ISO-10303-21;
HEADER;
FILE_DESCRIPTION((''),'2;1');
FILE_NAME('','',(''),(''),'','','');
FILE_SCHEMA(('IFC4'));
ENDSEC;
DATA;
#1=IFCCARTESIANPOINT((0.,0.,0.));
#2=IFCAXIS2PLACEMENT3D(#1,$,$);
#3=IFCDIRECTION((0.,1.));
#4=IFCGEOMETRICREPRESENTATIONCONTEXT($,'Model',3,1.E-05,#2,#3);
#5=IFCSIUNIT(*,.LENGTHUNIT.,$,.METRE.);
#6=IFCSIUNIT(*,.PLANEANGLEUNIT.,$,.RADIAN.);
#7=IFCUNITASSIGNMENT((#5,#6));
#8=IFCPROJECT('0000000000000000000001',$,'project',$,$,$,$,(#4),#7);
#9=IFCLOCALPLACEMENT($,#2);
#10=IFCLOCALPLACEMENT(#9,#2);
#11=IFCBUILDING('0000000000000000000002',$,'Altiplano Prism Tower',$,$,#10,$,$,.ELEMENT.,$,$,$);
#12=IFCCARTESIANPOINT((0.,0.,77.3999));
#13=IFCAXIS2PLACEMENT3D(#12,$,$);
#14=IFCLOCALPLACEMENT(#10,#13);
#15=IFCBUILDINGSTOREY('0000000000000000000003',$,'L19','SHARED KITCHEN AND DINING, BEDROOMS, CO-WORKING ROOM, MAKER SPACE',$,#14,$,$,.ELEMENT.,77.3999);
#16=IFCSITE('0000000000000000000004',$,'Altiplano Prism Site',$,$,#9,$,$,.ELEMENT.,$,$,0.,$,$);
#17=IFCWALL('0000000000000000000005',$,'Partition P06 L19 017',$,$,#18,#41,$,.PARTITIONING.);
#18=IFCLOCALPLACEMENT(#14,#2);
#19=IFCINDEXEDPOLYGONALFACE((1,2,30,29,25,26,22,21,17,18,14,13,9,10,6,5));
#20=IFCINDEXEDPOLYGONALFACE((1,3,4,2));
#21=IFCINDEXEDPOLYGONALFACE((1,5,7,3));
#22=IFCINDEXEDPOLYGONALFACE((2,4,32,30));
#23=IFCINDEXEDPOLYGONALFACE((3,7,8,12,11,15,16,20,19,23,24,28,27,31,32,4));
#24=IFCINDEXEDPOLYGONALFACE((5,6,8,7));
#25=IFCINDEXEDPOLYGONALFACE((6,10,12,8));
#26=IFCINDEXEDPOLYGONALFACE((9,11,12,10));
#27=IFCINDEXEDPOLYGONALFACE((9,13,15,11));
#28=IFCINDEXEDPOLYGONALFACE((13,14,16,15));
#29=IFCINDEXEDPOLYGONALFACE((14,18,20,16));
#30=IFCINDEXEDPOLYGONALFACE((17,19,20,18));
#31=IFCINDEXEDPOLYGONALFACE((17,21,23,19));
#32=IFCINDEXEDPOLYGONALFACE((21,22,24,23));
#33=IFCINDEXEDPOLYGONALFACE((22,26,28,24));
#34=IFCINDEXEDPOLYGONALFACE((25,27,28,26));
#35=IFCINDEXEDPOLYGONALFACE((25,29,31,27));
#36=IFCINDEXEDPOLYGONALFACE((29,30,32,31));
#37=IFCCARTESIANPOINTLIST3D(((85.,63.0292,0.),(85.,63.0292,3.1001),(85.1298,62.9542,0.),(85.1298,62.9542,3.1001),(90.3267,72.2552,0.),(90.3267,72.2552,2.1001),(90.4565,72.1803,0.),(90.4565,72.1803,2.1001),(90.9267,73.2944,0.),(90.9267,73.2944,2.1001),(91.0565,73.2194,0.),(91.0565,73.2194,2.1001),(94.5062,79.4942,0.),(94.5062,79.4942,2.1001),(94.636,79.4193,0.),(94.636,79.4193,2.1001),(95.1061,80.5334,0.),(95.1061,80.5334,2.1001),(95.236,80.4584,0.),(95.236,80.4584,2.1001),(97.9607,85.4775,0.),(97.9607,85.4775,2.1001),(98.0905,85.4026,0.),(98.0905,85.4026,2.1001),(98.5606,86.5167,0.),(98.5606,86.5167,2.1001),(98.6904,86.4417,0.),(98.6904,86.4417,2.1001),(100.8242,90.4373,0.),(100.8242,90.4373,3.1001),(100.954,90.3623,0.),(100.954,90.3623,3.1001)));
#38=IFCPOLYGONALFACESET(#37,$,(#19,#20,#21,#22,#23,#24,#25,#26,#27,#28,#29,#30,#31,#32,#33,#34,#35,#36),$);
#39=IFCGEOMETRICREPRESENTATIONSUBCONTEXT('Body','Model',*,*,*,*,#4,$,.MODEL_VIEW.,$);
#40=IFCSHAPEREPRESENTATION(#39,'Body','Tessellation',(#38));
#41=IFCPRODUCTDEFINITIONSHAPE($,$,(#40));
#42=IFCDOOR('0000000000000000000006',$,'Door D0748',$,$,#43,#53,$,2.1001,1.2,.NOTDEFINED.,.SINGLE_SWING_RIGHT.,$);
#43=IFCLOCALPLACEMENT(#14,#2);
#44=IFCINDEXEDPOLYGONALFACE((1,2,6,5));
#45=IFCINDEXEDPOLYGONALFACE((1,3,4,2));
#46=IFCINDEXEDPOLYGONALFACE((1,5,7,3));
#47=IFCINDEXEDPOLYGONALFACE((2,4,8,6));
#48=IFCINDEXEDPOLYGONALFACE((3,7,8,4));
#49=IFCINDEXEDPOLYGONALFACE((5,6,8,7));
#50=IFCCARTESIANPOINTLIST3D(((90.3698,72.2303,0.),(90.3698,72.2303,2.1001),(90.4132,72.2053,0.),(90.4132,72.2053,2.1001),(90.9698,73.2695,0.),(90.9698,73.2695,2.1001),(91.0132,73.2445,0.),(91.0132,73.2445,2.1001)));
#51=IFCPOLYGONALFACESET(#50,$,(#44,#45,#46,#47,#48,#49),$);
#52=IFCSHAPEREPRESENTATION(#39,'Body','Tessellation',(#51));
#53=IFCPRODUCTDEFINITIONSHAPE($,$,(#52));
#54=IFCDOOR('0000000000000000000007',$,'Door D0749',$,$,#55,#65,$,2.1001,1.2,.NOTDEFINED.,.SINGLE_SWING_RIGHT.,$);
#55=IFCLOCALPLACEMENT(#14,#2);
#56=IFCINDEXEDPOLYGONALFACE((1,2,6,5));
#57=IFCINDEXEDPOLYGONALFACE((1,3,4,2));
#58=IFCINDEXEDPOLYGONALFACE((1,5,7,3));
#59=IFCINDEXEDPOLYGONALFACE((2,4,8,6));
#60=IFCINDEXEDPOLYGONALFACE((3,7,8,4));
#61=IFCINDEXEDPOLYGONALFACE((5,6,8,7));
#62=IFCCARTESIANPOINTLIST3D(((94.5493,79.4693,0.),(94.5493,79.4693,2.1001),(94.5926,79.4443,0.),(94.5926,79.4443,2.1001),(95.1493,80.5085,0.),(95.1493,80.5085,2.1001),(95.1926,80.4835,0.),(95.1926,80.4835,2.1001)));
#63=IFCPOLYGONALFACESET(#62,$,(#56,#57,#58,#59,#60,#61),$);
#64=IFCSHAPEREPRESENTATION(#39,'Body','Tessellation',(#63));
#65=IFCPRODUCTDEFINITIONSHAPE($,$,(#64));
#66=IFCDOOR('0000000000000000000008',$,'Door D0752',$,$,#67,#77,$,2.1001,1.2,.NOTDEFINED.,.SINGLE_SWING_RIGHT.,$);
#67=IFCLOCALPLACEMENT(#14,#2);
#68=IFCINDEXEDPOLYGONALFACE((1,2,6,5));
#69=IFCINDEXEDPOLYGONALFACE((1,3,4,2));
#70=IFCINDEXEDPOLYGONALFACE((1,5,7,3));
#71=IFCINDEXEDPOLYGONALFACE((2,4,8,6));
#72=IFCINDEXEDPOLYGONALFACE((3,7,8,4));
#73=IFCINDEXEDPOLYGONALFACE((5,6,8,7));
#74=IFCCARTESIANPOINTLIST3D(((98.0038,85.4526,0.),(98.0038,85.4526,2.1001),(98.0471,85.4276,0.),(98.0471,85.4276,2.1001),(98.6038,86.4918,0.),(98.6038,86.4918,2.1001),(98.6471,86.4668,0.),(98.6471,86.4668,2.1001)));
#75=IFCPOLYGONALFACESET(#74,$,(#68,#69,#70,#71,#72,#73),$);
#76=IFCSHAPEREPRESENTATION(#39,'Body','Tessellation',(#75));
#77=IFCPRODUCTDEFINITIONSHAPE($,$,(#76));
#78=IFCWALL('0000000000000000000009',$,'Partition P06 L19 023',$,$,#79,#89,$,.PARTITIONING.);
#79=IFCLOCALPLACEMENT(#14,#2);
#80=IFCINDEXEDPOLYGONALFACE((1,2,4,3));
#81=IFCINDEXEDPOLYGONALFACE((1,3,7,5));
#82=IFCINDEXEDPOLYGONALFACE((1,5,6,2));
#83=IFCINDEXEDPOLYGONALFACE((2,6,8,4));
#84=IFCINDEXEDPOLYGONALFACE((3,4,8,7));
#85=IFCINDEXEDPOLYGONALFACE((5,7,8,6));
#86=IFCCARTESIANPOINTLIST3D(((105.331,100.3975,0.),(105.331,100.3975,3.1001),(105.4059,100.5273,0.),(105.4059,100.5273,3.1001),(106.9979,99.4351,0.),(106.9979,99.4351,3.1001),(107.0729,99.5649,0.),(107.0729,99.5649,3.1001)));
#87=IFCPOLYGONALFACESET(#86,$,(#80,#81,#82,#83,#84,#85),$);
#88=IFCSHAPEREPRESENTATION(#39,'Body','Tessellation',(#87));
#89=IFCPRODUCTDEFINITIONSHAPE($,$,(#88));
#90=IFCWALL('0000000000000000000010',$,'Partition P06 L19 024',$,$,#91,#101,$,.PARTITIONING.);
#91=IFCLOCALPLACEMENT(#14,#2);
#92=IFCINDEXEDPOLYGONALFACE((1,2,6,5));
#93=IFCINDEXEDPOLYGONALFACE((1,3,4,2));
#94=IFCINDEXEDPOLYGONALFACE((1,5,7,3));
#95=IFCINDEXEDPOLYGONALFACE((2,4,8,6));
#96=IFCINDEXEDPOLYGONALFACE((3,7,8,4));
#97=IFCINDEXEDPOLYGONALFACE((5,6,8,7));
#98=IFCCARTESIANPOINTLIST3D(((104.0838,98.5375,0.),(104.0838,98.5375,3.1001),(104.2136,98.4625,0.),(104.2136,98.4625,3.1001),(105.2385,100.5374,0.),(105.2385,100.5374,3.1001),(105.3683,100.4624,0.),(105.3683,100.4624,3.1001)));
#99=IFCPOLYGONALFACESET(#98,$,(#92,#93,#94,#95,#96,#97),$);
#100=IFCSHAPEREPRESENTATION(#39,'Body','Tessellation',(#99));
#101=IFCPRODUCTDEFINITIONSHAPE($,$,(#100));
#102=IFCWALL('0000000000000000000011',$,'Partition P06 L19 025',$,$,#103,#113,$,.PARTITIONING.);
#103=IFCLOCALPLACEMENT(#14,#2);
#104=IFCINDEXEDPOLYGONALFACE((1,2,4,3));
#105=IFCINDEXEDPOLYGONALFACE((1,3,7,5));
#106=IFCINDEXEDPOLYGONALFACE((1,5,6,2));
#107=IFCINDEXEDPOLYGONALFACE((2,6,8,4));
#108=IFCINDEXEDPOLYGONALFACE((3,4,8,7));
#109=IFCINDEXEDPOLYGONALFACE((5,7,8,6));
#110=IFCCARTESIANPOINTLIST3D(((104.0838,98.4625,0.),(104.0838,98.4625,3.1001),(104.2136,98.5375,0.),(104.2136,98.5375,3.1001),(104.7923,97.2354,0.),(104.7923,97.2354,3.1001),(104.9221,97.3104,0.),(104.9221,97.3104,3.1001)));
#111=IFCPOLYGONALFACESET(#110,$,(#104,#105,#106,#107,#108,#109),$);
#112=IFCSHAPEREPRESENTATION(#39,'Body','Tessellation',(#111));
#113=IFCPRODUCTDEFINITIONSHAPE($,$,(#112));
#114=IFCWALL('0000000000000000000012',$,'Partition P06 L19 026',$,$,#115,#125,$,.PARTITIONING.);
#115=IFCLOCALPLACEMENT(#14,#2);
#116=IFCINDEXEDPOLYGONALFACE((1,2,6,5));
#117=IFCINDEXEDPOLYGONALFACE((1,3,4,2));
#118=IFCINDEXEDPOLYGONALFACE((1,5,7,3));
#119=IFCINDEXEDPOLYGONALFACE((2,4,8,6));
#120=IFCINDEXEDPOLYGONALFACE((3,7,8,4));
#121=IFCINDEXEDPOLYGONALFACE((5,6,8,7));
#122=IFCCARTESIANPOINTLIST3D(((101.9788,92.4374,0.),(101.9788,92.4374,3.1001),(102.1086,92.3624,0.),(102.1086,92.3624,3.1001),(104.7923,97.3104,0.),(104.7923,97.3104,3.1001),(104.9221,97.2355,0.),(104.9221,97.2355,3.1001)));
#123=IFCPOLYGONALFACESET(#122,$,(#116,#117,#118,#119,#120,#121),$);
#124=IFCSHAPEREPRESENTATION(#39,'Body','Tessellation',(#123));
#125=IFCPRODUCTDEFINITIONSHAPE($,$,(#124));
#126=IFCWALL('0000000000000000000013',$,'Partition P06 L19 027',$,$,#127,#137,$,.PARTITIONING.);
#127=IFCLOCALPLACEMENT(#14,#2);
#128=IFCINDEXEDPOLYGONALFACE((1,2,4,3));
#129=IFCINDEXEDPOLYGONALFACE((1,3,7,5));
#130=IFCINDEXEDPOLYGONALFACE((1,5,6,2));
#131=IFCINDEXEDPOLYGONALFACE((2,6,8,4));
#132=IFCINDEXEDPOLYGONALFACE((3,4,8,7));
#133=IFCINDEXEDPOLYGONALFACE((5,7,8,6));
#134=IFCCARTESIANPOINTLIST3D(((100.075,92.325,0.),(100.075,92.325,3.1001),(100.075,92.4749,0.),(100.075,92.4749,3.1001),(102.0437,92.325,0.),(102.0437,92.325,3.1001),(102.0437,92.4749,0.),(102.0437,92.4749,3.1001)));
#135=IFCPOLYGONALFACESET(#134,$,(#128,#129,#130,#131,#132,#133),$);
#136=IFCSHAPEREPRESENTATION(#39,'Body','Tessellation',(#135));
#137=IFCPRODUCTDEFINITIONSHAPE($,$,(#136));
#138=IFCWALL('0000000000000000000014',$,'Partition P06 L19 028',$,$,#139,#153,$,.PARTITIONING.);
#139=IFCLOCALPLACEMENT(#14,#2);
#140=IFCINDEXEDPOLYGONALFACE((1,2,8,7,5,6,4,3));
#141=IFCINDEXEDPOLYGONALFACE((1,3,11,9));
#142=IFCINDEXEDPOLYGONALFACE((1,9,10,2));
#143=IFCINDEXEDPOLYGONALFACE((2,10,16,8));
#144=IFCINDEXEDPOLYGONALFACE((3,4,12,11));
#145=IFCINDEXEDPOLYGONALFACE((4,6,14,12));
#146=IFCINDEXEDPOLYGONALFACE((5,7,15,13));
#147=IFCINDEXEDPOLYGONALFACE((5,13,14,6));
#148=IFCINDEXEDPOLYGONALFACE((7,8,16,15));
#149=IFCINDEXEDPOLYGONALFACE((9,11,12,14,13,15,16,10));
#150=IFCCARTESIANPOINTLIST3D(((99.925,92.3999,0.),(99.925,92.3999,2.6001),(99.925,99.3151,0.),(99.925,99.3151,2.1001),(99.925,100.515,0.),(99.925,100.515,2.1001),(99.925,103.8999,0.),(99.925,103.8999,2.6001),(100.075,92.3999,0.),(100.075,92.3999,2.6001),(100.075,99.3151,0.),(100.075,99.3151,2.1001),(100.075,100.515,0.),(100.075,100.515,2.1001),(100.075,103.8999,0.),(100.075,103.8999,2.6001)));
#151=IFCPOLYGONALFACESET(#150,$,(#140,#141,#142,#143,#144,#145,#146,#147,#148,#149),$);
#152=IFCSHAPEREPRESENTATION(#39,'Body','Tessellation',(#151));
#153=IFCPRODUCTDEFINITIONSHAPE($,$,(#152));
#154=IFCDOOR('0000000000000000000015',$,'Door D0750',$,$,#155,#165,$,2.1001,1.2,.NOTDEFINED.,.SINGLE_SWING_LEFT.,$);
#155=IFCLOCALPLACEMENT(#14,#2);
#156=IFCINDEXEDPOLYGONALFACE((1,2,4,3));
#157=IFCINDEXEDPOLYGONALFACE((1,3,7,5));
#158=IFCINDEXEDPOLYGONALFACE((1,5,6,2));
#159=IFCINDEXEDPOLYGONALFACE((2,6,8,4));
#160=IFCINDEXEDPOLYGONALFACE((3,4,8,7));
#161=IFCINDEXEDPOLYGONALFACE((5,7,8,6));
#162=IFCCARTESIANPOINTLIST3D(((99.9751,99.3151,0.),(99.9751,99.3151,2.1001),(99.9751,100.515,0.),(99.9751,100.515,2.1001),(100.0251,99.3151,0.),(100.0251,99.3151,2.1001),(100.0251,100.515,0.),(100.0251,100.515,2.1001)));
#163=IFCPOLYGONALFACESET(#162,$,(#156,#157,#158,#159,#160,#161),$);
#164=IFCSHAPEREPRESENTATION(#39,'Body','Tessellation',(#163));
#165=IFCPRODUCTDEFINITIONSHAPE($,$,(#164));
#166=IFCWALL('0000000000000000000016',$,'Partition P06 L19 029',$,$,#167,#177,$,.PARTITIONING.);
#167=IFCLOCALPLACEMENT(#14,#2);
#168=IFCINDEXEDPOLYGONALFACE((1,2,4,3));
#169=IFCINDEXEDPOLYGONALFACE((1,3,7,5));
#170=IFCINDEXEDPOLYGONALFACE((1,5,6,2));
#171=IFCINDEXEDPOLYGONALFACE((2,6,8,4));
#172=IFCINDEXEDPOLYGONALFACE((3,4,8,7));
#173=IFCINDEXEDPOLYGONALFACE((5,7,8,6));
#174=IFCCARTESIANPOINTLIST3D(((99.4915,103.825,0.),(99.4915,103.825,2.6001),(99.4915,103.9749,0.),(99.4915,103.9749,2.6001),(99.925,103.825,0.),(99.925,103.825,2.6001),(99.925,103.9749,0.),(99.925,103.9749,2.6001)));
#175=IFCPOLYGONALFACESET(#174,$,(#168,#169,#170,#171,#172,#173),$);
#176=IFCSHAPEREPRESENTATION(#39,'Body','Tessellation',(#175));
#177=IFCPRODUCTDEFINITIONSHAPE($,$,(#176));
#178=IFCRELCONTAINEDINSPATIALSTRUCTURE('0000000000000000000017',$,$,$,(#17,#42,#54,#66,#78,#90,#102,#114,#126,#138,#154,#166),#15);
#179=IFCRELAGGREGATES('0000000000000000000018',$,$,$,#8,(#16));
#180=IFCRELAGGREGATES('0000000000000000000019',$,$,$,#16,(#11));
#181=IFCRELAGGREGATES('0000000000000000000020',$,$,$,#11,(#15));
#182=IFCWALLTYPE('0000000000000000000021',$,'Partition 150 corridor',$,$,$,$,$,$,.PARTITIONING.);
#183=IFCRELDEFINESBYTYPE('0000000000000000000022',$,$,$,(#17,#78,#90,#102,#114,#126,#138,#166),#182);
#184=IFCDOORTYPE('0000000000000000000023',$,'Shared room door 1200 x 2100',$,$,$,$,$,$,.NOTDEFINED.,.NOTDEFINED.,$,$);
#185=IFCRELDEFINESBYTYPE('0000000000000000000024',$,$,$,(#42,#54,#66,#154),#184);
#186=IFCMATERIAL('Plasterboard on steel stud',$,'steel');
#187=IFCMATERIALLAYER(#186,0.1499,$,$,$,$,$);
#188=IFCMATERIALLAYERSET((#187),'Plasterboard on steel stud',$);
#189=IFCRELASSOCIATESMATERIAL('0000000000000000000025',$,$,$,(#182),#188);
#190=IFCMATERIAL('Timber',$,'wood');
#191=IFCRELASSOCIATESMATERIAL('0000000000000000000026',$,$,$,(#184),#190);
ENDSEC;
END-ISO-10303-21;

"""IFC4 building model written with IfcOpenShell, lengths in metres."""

from ifc_helpers import new_model, si_unit, direction, frame, frame_2d, origin, place, context, subcontext, project, spatial, rectangle, extrude, material, layer, layer_set, type_object, element, fill, save


model = new_model("IFC4")

# Units and contexts
model_context = context("Model", 3, precision=1e-05, world=origin(), true_north=direction((0.0, 1.0)))
body_context = subcontext(model_context, "Body", "Model", "MODEL_VIEW")
ifc_project = project(units=[si_unit("LENGTHUNIT", "METRE"), si_unit("PLANEANGLEUNIT", "RADIAN")], contexts=[model_context])

# Site, building, storey
site_placement = place(None, origin())
site = spatial("IfcSite", under=ifc_project, at=site_placement, Name="Altiplano Prism Site", CompositionType="ELEMENT", RefElevation=0.0)
building_placement = place(site_placement, origin())
building = spatial("IfcBuilding", under=site, at=building_placement, Name="Altiplano Prism Tower", CompositionType="ELEMENT")
storey_placement = place(building_placement, frame((0.0, 0.0, 77.3999)))
storey = spatial("IfcBuildingStorey", under=building, at=storey_placement, Name="L19", Description="SHARED KITCHEN AND DINING, BEDROOMS, CO-WORKING ROOM, MAKER SPACE", CompositionType="ELEMENT", Elevation=77.3999)

# Shared definitions
ifc_material_1 = material(Name="Plasterboard on steel stud", Category="steel")
ifc_layer_1 = layer(ifc_material_1, 0.1499)
ifc_layer_set_1 = layer_set([ifc_layer_1], Name="Plasterboard on steel stud")
wall_type_1 = type_object("IfcWallType", Name="Partition 150 corridor", PredefinedType="PARTITIONING", material=ifc_layer_set_1)

# Wall, openings, doors
wall_1_placement = place(storey_placement, frame((100.8892, 90.3999, 0.0), z_axis=(0.0, 0.0, 1.0), x_axis=(-0.500002, -0.866024, 0.0)))
wall_1 = element("IfcWall", 1, at=wall_1_placement, inside=storey, type_object=wall_type_1, Name="Partition P06 L19 017", PredefinedType="PARTITIONING", context=body_context, shape_type="SweptSolid", body=[
    extrude(rectangle(XDim=31.6482, YDim=0.1499, at=frame_2d((15.8242, 0.0))), origin(), (0.0, 0.0, 1.0), 3.1001),
])
opening_1_placement = place(wall_1_placement, frame((19.7949, 0.0, 0.0)))
opening_1 = element("IfcOpeningElement", 2, at=opening_1_placement, cuts=wall_1, PredefinedType="OPENING", context=body_context, shape_type="SweptSolid", body=[
    extrude(rectangle(XDim=1.2, YDim=2.1001, at=frame_2d((0.6001, 1.05))), frame((0.0, 0.0854, 0.0), z_axis=(0.0, -1.0, 0.0), x_axis=(1.0, 0.0, 0.0)), (0.0, 0.0, 1.0), 0.1709),
])
opening_2_placement = place(wall_1_placement, frame((11.436, 0.0, 0.0)))
opening_2 = element("IfcOpeningElement", 3, at=opening_2_placement, cuts=wall_1, PredefinedType="OPENING", context=body_context, shape_type="SweptSolid", body=[
    extrude(rectangle(XDim=1.2, YDim=2.1001, at=frame_2d((0.6001, 1.05))), frame((0.0, 0.0854, 0.0), z_axis=(0.0, -1.0, 0.0), x_axis=(1.0, 0.0, 0.0)), (0.0, 0.0, 1.0), 0.1709),
])
opening_3_placement = place(wall_1_placement, frame((4.5271, 0.0, 0.0)))
opening_3 = element("IfcOpeningElement", 4, at=opening_3_placement, cuts=wall_1, PredefinedType="OPENING", context=body_context, shape_type="SweptSolid", body=[
    extrude(rectangle(XDim=1.2, YDim=2.1001, at=frame_2d((0.6001, 1.05))), frame((0.0, 0.0854, 0.0), z_axis=(0.0, -1.0, 0.0), x_axis=(1.0, 0.0, 0.0)), (0.0, 0.0, 1.0), 0.1709),
])
ifc_material_2 = material(Name="Timber", Category="wood")
door_type = type_object("IfcDoorType", Name="Shared room door 1200 x 2100", OperationType="NOTDEFINED", PredefinedType="NOTDEFINED", material=ifc_material_2)
door_1_placement = place(opening_1_placement, origin())
door_1 = element("IfcDoor", 5, at=door_1_placement, inside=storey, type_object=door_type, Name="Door D0748", OperationType="SINGLE_SWING_RIGHT", OverallHeight=2.1001, OverallWidth=1.2, PredefinedType="NOTDEFINED", context=body_context, shape_type="SweptSolid", body=[
    extrude(rectangle(XDim=1.2, YDim=2.1001, at=frame_2d((0.6001, 1.05))), frame((0.0, 0.0249, 0.0), z_axis=(0.0, -1.0, 0.0), x_axis=(1.0, 0.0, 0.0)), (0.0, 0.0, 1.0), 0.05),
])
fill(opening_1, door_1)
door_2_placement = place(opening_2_placement, origin())
door_2 = element("IfcDoor", 6, at=door_2_placement, inside=storey, type_object=door_type, Name="Door D0749", OperationType="SINGLE_SWING_RIGHT", OverallHeight=2.1001, OverallWidth=1.2, PredefinedType="NOTDEFINED", context=body_context, shape_type="SweptSolid", body=[
    extrude(rectangle(XDim=1.2, YDim=2.1001, at=frame_2d((0.6001, 1.05))), frame((0.0, 0.0249, 0.0), z_axis=(0.0, -1.0, 0.0), x_axis=(1.0, 0.0, 0.0)), (0.0, 0.0, 1.0), 0.05),
])
fill(opening_2, door_2)
door_3_placement = place(opening_3_placement, origin())
door_3 = element("IfcDoor", 7, at=door_3_placement, inside=storey, type_object=door_type, Name="Door D0752", OperationType="SINGLE_SWING_RIGHT", OverallHeight=2.1001, OverallWidth=1.2, PredefinedType="NOTDEFINED", context=body_context, shape_type="SweptSolid", body=[
    extrude(rectangle(XDim=1.2, YDim=2.1001, at=frame_2d((0.6001, 1.05))), frame((0.0, 0.0249, 0.0), z_axis=(0.0, -1.0, 0.0), x_axis=(1.0, 0.0, 0.0)), (0.0, 0.0, 1.0), 0.05),
])
fill(opening_3, door_3)

# Walls
wall_2_placement = place(storey_placement, frame((107.0354, 99.5, 0.0), z_axis=(0.0, 0.0, 1.0), x_axis=(-0.866034, 0.499986, 0.0)))
element("IfcWall", 8, at=wall_2_placement, inside=storey, type_object=wall_type_1, Name="Partition P06 L19 023", PredefinedType="PARTITIONING", context=body_context, shape_type="SweptSolid", body=[
    extrude(rectangle(XDim=1.9248, YDim=0.1499, at=frame_2d((0.9624, 0.0))), origin(), (0.0, 0.0, 1.0), 3.1001),
])
wall_3_placement = place(storey_placement, frame((105.3035, 100.5, 0.0), z_axis=(0.0, 0.0, 1.0), x_axis=(-0.500027, -0.86601, 0.0)))
element("IfcWall", 9, at=wall_3_placement, inside=storey, type_object=wall_type_1, Name="Partition P06 L19 024", PredefinedType="PARTITIONING", context=body_context, shape_type="SweptSolid", body=[
    extrude(rectangle(XDim=2.3093, YDim=0.1499, at=frame_2d((1.1548, 0.0))), origin(), (0.0, 0.0, 1.0), 3.1001),
])
wall_4_placement = place(storey_placement, frame((104.1487, 98.5, 0.0), z_axis=(0.0, 0.0, 1.0), x_axis=(0.500031, -0.866008, 0.0)))
element("IfcWall", 10, at=wall_4_placement, inside=storey, type_object=wall_type_1, Name="Partition P06 L19 025", PredefinedType="PARTITIONING", context=body_context, shape_type="SweptSolid", body=[
    extrude(rectangle(XDim=1.417, YDim=0.1499, at=frame_2d((0.7085, 0.0))), origin(), (0.0, 0.0, 1.0), 3.1001),
])
wall_5_placement = place(storey_placement, frame((104.8572, 97.2729, 0.0), z_axis=(0.0, 0.0, 1.0), x_axis=(-0.500003, -0.866024, 0.0)))
element("IfcWall", 11, at=wall_5_placement, inside=storey, type_object=wall_type_1, Name="Partition P06 L19 026", PredefinedType="PARTITIONING", context=body_context, shape_type="SweptSolid", body=[
    extrude(rectangle(XDim=5.627, YDim=0.1499, at=frame_2d((2.8135, 0.0))), origin(), (0.0, 0.0, 1.0), 3.1001),
])
wall_6_placement = place(storey_placement, frame((102.0437, 92.3999, 0.0), z_axis=(0.0, 0.0, 1.0), x_axis=(-1.0, 0.0, 0.0)))
element("IfcWall", 12, at=wall_6_placement, inside=storey, type_object=wall_type_1, Name="Partition P06 L19 027", PredefinedType="PARTITIONING", context=body_context, shape_type="SweptSolid", body=[
    extrude(rectangle(XDim=1.9688, YDim=0.1499, at=frame_2d((0.9844, 0.0))), origin(), (0.0, 0.0, 1.0), 3.1001),
])

# Wall, opening, door
wall_7_placement = place(storey_placement, frame((100.0, 92.3999, 0.0), z_axis=(0.0, 0.0, 1.0), x_axis=(0.0, 1.0, 0.0)))
wall_7 = element("IfcWall", 13, at=wall_7_placement, inside=storey, type_object=wall_type_1, Name="Partition P06 L19 028", PredefinedType="PARTITIONING", context=body_context, shape_type="SweptSolid", body=[
    extrude(rectangle(XDim=11.5, YDim=0.1499, at=frame_2d((5.75, 0.0))), origin(), (0.0, 0.0, 1.0), 2.6001),
])
opening_4_placement = place(wall_7_placement, frame((6.915, 0.0, 0.0)))
opening_4 = element("IfcOpeningElement", 14, at=opening_4_placement, cuts=wall_7, PredefinedType="OPENING", context=body_context, shape_type="SweptSolid", body=[
    extrude(rectangle(XDim=1.2, YDim=2.1001, at=frame_2d((0.6001, 1.05))), frame((0.0, 0.0854, 0.0), z_axis=(0.0, -1.0, 0.0), x_axis=(1.0, 0.0, 0.0)), (0.0, 0.0, 1.0), 0.1709),
])
door_4_placement = place(opening_4_placement, origin())
door_4 = element("IfcDoor", 15, at=door_4_placement, inside=storey, type_object=door_type, Name="Door D0750", OperationType="SINGLE_SWING_LEFT", OverallHeight=2.1001, OverallWidth=1.2, PredefinedType="NOTDEFINED", context=body_context, shape_type="SweptSolid", body=[
    extrude(rectangle(XDim=1.2, YDim=2.1001, at=frame_2d((0.6001, 1.05))), frame((0.0, 0.0249, 0.0), z_axis=(0.0, -1.0, 0.0), x_axis=(1.0, 0.0, 0.0)), (0.0, 0.0, 1.0), 0.05),
])
fill(opening_4, door_4)

# Wall
wall_8_placement = place(storey_placement, frame((99.925, 103.8999, 0.0), z_axis=(0.0, 0.0, 1.0), x_axis=(-1.0, 0.0, 0.0)))
element("IfcWall", 16, at=wall_8_placement, inside=storey, type_object=wall_type_1, Name="Partition P06 L19 029", PredefinedType="PARTITIONING", context=body_context, shape_type="SweptSolid", body=[
    extrude(rectangle(XDim=0.4336, YDim=0.1499, at=frame_2d((0.2168, 0.0))), origin(), (0.0, 0.0, 1.0), 2.6001),
])

save(model, "model.ifc")
